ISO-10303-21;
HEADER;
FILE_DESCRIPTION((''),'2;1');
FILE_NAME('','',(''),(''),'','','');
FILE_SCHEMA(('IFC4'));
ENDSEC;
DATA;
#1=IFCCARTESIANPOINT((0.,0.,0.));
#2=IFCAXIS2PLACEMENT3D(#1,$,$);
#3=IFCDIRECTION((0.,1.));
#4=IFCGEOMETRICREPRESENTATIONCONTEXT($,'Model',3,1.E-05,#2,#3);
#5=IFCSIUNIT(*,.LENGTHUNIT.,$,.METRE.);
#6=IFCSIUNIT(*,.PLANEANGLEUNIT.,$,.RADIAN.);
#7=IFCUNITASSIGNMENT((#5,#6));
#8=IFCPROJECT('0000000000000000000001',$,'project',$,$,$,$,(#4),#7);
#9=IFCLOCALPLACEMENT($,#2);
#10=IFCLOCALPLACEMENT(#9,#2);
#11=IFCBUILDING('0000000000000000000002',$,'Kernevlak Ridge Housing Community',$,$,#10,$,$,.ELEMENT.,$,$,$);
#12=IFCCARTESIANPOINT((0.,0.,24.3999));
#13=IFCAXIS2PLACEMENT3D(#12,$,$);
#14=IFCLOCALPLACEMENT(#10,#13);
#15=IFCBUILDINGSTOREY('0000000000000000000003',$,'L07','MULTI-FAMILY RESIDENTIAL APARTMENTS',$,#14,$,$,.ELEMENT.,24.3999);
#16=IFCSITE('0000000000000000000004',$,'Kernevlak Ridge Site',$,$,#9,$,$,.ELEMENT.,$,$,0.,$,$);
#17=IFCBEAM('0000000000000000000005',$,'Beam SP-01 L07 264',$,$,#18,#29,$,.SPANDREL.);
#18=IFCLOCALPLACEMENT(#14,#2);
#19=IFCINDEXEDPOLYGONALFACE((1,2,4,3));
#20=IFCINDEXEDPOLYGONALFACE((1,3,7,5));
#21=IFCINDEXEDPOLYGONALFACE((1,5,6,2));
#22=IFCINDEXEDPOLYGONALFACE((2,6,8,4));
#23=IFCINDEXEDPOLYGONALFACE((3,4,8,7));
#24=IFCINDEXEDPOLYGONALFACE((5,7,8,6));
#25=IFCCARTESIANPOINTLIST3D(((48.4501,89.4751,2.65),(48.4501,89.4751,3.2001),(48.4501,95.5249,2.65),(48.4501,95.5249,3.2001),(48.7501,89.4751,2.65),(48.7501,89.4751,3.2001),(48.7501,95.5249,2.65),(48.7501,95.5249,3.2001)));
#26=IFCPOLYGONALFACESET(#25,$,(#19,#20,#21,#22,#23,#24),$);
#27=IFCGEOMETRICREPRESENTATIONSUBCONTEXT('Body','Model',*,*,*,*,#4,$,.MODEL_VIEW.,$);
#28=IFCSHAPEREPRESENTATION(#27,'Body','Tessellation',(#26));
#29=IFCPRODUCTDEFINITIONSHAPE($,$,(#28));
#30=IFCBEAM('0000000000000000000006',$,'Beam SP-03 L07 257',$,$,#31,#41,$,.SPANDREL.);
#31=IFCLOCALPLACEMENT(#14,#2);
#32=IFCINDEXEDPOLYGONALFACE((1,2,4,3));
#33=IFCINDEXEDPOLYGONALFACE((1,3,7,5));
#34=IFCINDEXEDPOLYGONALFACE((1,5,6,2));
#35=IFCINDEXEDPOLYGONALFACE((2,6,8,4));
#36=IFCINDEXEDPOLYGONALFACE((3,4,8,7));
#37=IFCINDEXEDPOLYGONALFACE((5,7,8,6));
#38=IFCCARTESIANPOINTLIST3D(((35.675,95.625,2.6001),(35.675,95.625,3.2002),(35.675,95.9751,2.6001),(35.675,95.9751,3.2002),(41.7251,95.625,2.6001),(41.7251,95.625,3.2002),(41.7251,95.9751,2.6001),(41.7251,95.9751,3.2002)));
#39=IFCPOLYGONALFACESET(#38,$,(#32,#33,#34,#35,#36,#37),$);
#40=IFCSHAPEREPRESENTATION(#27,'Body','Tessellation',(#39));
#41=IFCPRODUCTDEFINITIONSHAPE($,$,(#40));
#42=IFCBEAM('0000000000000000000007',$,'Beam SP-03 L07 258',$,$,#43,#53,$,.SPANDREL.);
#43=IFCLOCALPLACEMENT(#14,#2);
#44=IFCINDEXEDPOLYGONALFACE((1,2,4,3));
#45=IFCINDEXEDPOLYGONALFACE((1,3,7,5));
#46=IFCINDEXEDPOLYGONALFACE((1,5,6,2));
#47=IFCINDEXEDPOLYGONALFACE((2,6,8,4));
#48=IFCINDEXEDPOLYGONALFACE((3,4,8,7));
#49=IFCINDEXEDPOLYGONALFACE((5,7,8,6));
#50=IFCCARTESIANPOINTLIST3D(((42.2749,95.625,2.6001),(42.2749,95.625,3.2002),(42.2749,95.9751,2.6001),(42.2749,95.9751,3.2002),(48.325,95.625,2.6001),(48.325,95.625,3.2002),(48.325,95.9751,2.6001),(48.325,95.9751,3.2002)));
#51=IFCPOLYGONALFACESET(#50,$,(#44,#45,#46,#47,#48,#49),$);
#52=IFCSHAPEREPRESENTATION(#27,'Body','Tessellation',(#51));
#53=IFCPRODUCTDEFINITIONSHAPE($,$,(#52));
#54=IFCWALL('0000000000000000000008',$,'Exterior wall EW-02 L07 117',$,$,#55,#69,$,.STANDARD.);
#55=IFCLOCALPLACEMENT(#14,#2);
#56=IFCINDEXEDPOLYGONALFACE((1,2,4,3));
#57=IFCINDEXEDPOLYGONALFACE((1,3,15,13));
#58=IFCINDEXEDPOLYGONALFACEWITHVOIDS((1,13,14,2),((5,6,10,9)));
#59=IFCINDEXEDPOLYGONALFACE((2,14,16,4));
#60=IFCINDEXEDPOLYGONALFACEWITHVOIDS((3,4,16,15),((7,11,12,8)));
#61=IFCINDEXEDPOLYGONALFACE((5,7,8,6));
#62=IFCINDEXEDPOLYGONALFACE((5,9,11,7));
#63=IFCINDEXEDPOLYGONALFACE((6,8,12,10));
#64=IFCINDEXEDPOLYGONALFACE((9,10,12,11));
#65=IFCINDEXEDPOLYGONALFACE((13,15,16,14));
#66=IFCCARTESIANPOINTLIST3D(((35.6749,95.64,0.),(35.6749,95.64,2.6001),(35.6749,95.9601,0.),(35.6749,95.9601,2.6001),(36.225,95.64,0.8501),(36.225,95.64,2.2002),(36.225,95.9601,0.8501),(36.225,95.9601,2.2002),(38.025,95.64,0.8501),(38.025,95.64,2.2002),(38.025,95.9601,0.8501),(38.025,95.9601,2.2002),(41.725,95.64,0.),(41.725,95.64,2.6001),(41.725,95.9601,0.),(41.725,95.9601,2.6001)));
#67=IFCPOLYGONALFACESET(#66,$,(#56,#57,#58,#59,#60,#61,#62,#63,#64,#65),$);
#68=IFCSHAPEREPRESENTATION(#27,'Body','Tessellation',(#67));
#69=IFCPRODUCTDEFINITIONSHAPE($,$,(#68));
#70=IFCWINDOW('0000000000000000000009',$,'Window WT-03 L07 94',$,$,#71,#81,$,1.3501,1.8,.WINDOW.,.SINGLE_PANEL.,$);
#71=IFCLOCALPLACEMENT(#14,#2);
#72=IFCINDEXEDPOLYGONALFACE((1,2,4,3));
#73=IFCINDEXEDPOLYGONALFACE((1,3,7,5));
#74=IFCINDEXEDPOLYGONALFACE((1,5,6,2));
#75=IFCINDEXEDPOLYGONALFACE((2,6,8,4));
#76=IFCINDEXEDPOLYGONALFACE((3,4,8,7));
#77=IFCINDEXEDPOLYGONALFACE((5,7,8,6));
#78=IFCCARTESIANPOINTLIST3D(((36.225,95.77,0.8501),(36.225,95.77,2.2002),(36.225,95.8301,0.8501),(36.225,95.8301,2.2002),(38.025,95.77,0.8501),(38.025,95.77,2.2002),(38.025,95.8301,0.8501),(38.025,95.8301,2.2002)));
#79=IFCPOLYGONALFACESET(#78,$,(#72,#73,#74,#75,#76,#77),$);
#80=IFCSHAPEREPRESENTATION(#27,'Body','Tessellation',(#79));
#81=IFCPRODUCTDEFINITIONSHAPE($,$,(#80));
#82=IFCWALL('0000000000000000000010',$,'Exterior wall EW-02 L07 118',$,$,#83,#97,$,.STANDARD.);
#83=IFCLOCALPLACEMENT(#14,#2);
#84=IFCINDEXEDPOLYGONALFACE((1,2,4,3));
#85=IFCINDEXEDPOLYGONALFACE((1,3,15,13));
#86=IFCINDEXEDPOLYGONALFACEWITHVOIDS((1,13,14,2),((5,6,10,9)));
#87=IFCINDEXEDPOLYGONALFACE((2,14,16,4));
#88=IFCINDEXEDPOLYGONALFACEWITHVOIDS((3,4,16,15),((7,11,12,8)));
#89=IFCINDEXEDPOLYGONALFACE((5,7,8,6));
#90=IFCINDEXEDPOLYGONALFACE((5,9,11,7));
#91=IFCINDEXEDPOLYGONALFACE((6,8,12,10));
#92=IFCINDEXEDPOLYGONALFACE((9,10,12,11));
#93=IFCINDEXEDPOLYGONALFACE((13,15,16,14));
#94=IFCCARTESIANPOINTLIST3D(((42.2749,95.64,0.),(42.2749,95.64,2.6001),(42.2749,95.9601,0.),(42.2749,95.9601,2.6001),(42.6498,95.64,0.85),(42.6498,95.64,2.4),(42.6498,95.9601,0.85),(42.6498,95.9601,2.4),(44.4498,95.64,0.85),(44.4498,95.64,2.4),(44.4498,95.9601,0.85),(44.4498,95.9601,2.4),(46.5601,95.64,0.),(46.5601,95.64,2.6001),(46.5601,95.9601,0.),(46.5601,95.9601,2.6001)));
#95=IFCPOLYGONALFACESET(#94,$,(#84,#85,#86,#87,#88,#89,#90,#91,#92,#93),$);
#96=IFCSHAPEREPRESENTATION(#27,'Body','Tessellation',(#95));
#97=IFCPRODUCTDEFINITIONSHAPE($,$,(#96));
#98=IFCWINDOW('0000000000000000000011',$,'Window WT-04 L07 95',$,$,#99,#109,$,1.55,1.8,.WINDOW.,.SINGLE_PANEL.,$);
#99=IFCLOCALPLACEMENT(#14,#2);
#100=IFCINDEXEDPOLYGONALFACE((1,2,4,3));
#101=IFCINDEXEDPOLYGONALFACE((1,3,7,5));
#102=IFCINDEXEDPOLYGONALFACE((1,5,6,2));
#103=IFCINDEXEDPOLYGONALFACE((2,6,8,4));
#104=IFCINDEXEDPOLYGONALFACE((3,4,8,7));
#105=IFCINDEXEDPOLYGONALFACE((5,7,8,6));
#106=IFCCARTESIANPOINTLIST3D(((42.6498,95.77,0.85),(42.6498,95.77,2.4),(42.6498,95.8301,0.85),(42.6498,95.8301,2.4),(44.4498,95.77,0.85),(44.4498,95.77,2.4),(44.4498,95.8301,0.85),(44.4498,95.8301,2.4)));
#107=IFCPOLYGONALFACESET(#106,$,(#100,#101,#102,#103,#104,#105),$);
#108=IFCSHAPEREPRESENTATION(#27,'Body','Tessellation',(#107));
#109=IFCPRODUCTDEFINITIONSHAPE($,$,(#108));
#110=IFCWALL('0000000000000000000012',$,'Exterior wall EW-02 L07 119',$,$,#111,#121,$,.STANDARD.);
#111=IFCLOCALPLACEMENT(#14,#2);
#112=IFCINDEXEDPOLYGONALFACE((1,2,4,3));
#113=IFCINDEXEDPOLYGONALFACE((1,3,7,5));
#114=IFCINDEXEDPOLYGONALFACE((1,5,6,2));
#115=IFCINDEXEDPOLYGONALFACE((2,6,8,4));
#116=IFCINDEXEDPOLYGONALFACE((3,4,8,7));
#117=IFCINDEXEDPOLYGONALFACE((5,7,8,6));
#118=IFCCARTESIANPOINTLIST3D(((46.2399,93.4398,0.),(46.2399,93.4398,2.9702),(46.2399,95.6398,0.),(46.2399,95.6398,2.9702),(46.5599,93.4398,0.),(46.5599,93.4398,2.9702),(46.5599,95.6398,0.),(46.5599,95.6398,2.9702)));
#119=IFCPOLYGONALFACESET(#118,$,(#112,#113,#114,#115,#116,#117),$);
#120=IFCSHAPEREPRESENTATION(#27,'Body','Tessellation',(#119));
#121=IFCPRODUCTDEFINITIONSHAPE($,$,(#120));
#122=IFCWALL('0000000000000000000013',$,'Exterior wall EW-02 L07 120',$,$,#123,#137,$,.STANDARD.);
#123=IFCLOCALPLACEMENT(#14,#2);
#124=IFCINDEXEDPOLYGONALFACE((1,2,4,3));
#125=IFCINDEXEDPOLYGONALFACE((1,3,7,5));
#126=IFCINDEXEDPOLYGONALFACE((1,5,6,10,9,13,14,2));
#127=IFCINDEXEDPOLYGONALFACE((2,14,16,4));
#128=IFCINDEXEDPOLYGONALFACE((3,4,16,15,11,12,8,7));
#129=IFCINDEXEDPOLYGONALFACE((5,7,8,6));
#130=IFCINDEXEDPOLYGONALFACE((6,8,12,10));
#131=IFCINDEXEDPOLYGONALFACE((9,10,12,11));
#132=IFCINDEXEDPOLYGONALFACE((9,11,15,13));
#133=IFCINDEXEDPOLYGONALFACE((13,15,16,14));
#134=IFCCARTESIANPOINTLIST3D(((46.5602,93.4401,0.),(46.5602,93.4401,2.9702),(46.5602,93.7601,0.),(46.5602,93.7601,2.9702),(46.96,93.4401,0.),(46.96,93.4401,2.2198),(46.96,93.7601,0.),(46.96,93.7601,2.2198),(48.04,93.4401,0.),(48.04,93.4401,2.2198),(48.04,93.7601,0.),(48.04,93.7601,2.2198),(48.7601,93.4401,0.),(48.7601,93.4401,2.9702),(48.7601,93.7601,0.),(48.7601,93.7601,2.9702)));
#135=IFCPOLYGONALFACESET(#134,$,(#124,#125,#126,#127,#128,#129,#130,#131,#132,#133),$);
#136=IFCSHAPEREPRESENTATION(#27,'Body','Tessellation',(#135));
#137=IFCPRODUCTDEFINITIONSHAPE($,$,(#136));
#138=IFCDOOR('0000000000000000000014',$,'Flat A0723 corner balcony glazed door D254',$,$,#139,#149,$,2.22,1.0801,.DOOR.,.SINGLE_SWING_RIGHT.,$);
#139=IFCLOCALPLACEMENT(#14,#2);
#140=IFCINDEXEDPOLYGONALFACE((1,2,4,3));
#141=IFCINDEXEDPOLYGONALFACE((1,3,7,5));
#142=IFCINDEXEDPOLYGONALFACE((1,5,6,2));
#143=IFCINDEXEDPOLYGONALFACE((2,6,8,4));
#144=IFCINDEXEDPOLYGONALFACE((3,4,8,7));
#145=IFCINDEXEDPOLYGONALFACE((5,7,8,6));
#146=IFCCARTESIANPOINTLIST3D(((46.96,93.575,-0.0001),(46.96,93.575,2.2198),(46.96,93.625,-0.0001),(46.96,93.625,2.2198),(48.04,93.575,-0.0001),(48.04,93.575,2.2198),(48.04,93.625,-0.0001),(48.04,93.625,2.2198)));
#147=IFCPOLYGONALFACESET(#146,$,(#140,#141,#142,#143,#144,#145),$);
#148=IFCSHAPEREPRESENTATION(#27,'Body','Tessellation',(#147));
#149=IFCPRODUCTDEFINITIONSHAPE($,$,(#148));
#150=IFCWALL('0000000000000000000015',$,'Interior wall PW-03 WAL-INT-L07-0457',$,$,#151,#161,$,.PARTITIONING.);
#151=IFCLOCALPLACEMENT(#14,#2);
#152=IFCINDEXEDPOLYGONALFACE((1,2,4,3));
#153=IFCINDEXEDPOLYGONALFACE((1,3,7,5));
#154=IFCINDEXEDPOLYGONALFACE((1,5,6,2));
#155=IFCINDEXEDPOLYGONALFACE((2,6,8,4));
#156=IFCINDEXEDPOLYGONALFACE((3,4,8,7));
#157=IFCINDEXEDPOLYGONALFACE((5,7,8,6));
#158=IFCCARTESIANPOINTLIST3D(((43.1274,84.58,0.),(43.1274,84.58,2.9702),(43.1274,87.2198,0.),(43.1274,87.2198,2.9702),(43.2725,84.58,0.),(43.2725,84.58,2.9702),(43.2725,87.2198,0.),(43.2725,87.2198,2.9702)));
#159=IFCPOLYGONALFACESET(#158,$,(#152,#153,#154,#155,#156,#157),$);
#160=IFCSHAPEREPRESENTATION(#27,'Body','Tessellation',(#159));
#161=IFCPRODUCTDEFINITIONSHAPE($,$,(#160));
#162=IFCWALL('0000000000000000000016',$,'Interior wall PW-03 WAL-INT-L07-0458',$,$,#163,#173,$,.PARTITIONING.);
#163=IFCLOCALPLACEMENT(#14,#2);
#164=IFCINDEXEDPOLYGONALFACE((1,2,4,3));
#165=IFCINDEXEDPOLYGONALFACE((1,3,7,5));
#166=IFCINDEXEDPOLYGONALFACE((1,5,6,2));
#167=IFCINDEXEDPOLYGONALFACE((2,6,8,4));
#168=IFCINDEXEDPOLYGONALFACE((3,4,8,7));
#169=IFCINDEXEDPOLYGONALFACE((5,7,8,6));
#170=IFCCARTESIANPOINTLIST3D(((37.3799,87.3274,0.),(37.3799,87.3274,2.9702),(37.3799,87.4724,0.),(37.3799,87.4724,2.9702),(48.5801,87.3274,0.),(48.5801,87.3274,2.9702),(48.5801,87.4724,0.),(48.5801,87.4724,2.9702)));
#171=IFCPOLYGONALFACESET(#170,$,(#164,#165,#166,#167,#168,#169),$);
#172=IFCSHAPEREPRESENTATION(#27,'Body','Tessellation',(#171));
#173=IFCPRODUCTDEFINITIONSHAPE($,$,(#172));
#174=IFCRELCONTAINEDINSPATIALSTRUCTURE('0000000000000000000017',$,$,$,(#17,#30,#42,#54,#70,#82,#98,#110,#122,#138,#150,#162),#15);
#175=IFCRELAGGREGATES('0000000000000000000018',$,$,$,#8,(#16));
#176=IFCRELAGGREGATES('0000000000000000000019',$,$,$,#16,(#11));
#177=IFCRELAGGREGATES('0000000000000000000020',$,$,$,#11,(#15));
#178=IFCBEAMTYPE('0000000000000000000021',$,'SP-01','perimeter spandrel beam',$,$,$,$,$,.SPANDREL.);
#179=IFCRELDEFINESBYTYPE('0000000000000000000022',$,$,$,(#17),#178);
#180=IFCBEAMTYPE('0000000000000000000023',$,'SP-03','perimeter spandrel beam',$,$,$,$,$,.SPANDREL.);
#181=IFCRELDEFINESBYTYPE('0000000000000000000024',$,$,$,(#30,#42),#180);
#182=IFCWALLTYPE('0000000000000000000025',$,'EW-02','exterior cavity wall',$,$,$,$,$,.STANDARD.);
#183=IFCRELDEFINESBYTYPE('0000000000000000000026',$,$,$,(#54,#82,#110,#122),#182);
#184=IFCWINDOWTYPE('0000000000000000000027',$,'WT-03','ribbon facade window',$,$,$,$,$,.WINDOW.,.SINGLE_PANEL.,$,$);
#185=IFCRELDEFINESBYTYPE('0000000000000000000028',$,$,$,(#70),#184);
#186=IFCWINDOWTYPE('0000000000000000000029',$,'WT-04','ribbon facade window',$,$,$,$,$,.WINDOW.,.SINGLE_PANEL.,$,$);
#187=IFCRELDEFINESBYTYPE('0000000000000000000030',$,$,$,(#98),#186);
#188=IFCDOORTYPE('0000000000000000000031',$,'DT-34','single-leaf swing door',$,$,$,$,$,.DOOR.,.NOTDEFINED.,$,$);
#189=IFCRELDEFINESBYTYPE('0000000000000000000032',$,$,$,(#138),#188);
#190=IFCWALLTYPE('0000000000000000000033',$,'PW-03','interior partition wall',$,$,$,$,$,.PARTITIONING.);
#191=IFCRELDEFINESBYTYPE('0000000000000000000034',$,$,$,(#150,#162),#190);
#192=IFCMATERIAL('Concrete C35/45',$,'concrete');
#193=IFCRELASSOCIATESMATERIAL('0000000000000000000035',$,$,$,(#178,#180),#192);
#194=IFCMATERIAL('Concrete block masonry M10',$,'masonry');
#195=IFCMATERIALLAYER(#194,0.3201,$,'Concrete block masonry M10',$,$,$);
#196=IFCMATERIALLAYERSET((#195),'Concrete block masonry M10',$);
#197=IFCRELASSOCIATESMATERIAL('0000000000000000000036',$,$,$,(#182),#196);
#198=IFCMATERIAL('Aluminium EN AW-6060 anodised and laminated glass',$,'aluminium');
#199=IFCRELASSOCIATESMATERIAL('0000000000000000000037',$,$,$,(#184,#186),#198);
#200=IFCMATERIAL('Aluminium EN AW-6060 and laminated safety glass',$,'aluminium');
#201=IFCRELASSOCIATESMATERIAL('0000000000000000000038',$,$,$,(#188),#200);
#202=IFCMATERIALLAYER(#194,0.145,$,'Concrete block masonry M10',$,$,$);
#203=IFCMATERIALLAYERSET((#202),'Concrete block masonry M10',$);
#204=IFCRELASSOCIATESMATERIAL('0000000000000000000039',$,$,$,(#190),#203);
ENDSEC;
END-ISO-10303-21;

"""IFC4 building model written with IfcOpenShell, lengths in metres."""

from ifc_helpers import new_model, si_unit, direction, frame, frame_2d, origin, origin_2d, place, context, subcontext, project, spatial, rectangle, extrude, material, layer, layer_set, material_profile, profile_set, type_object, element, fill, save


model = new_model("IFC4")

# Units and contexts
model_context = context("Model", 3, precision=1e-05, world=origin(), true_north=direction((0.0, 1.0)))
body_context = subcontext(model_context, "Body", "Model", "MODEL_VIEW")
ifc_project = project(units=[si_unit("LENGTHUNIT", "METRE"), si_unit("PLANEANGLEUNIT", "RADIAN")], contexts=[model_context])

# Site, building, storey
site_placement = place(None, origin())
site = spatial("IfcSite", under=ifc_project, at=site_placement, Name="Kernevlak Ridge Site", CompositionType="ELEMENT", RefElevation=0.0)
building_placement = place(site_placement, origin())
building = spatial("IfcBuilding", under=site, at=building_placement, Name="Kernevlak Ridge Housing Community", CompositionType="ELEMENT")
storey_placement = place(building_placement, frame((0.0, 0.0, 24.3999)))
storey = spatial("IfcBuildingStorey", under=building, at=storey_placement, Name="L07", Description="MULTI-FAMILY RESIDENTIAL APARTMENTS", CompositionType="ELEMENT", Elevation=24.3999)

# Shared definitions
ifc_material_1 = material(Name="Concrete C35/45", Category="concrete")

# Shared definitions
ifc_material_2 = material(Name="Aluminium EN AW-6060 anodised and laminated glass", Category="aluminium")

# Beams
ifc_material_profile_1 = material_profile(ifc_material_1, rectangle(XDim=0.3, YDim=0.55, at=origin_2d()), Name="RC 300x550")
ifc_profile_set_1 = profile_set([ifc_material_profile_1], Name="Concrete C35/45")
beam_type_1 = type_object("IfcBeamType", Name="SP-01", Description="perimeter spandrel beam", PredefinedType="SPANDREL", material=ifc_profile_set_1)
beam_1_placement = place(storey_placement, frame((48.6001, 89.4751, 2.925), z_axis=(0.0, 1.0, 0.0), x_axis=(-1.0, 0.0, 0.0)))
element("IfcBeam", 1, at=beam_1_placement, inside=storey, type_object=beam_type_1, Name="Beam SP-01 L07 264", PredefinedType="SPANDREL", context=body_context, shape_type="SweptSolid", body=[
    extrude(rectangle(XDim=0.3, YDim=0.55, at=origin_2d()), origin(), (0.0, 0.0, 1.0), 6.0498),
])
ifc_material_profile_2 = material_profile(ifc_material_1, rectangle(XDim=0.3501, YDim=0.6001, at=origin_2d()), Name="RC 350x600")
ifc_profile_set_2 = profile_set([ifc_material_profile_2], Name="Concrete C35/45")
beam_type_2 = type_object("IfcBeamType", Name="SP-03", Description="perimeter spandrel beam", PredefinedType="SPANDREL", material=ifc_profile_set_2)
for number, where, z_axis, x_axis, name in (
    (2, (35.675, 95.8, 2.9001), (1.0, 0.0, 0.0), (0.0, 1.0, 0.0), "Beam SP-03 L07 257"),
    (3, (42.2749, 95.8, 2.9001), (1.0, 0.0, 0.0), (0.0, 1.0, 0.0), "Beam SP-03 L07 258"),
):
    element("IfcBeam", number, at=place(storey_placement, frame(where, z_axis=z_axis, x_axis=x_axis)), inside=storey, type_object=beam_type_2, Name=name, PredefinedType="SPANDREL", context=body_context, shape_type="SweptSolid", body=[
        extrude(rectangle(XDim=0.3501, YDim=0.6001, at=origin_2d()), origin(), (0.0, 0.0, 1.0), 6.05),
    ])

# Walls, openings, windows
ifc_material_3 = material(Name="Concrete block masonry M10", Category="masonry")
ifc_layer_1 = layer(ifc_material_3, 0.3201, Name="Concrete block masonry M10")
ifc_layer_set_1 = layer_set([ifc_layer_1], Name="Concrete block masonry M10")
wall_type_1 = type_object("IfcWallType", Name="EW-02", Description="exterior cavity wall", PredefinedType="STANDARD", material=ifc_layer_set_1)
wall_1_placement = place(storey_placement, frame((35.675, 95.8, 0.0), z_axis=(0.0, 0.0, 1.0), x_axis=(1.0, 0.0, 0.0)))
wall_1 = element("IfcWall", 4, at=wall_1_placement, inside=storey, type_object=wall_type_1, Name="Exterior wall EW-02 L07 117", PredefinedType="STANDARD", context=body_context, shape_type="SweptSolid", body=[
    extrude(rectangle(XDim=6.05, YDim=0.3201, at=frame_2d((3.0249, 0.0))), origin(), (0.0, 0.0, 1.0), 2.6001),
])
opening_1_placement = place(wall_1_placement, frame((0.55, 0.0, 0.8501)))
opening_1 = element("IfcOpeningElement", 5, at=opening_1_placement, cuts=wall_1, PredefinedType="OPENING", context=body_context, shape_type="SweptSolid", body=[
    extrude(rectangle(XDim=1.8, YDim=1.3501, at=frame_2d((0.8999, 0.675))), frame((0.0, 0.1699, 0.0), z_axis=(0.0, -1.0, 0.0), x_axis=(1.0, 0.0, 0.0)), (0.0, 0.0, 1.0), 0.3401),
])
window_type_1 = type_object("IfcWindowType", Name="WT-03", Description="ribbon facade window", PartitioningType="SINGLE_PANEL", PredefinedType="WINDOW", material=ifc_material_2)
window_1_placement = place(opening_1_placement, origin())
window_1 = element("IfcWindow", 6, at=window_1_placement, inside=storey, type_object=window_type_1, Name="Window WT-03 L07 94", OverallHeight=1.3501, OverallWidth=1.8, PartitioningType="SINGLE_PANEL", PredefinedType="WINDOW", context=body_context, shape_type="SweptSolid", body=[
    extrude(rectangle(XDim=1.8, YDim=1.3501, at=frame_2d((0.8999, 0.675))), frame((0.0, 0.03, 0.0), z_axis=(0.0, -1.0, 0.0), x_axis=(1.0, 0.0, 0.0)), (0.0, 0.0, 1.0), 0.0601),
])
fill(opening_1, window_1)
wall_2_placement = place(storey_placement, frame((42.2749, 95.8, 0.0), z_axis=(0.0, 0.0, 1.0), x_axis=(1.0, 0.0, 0.0)))
wall_2 = element("IfcWall", 7, at=wall_2_placement, inside=storey, type_object=wall_type_1, Name="Exterior wall EW-02 L07 118", PredefinedType="STANDARD", context=body_context, shape_type="SweptSolid", body=[
    extrude(rectangle(XDim=4.2852, YDim=0.3201, at=frame_2d((2.1426, 0.0))), origin(), (0.0, 0.0, 1.0), 2.6001),
])
opening_2_placement = place(wall_2_placement, frame((0.375, 0.0, 0.8501)))
opening_2 = element("IfcOpeningElement", 8, at=opening_2_placement, cuts=wall_2, PredefinedType="OPENING", context=body_context, shape_type="SweptSolid", body=[
    extrude(rectangle(XDim=1.8, YDim=1.55, at=frame_2d((0.8999, 0.7749))), frame((0.0, 0.1699, 0.0), z_axis=(0.0, -1.0, 0.0), x_axis=(1.0, 0.0, 0.0)), (0.0, 0.0, 1.0), 0.3401),
])
window_type_2 = type_object("IfcWindowType", Name="WT-04", Description="ribbon facade window", PartitioningType="SINGLE_PANEL", PredefinedType="WINDOW", material=ifc_material_2)
window_2_placement = place(opening_2_placement, origin())
window_2 = element("IfcWindow", 9, at=window_2_placement, inside=storey, type_object=window_type_2, Name="Window WT-04 L07 95", OverallHeight=1.55, OverallWidth=1.8, PartitioningType="SINGLE_PANEL", PredefinedType="WINDOW", context=body_context, shape_type="SweptSolid", body=[
    extrude(rectangle(XDim=1.8, YDim=1.55, at=frame_2d((0.8999, 0.7749))), frame((0.0, 0.03, 0.0), z_axis=(0.0, -1.0, 0.0), x_axis=(1.0, 0.0, 0.0)), (0.0, 0.0, 1.0), 0.0601),
])
fill(opening_2, window_2)

# Wall
wall_3_placement = place(storey_placement, frame((46.3999, 95.6399, 0.0), z_axis=(0.0, 0.0, 1.0), x_axis=(0.0, -1.0, 0.0)))
element("IfcWall", 10, at=wall_3_placement, inside=storey, type_object=wall_type_1, Name="Exterior wall EW-02 L07 119", PredefinedType="STANDARD", context=body_context, shape_type="SweptSolid", body=[
    extrude(rectangle(XDim=2.2, YDim=0.3201, at=frame_2d((1.1001, 0.0))), origin(), (0.0, 0.0, 1.0), 2.9702),
])

# Wall, opening, door
wall_4_placement = place(storey_placement, frame((46.5601, 93.6001, 0.0), z_axis=(0.0, 0.0, 1.0), x_axis=(1.0, 0.0, 0.0)))
wall_4 = element("IfcWall", 11, at=wall_4_placement, inside=storey, type_object=wall_type_1, Name="Exterior wall EW-02 L07 120", PredefinedType="STANDARD", context=body_context, shape_type="SweptSolid", body=[
    extrude(rectangle(XDim=2.2, YDim=0.3201, at=frame_2d((1.1001, 0.0))), origin(), (0.0, 0.0, 1.0), 2.9702),
])
opening_3_placement = place(wall_4_placement, frame((0.3999, 0.0, 0.0)))
opening_3 = element("IfcOpeningElement", 12, at=opening_3_placement, cuts=wall_4, PredefinedType="OPENING", context=body_context, shape_type="SweptSolid", body=[
    extrude(rectangle(XDim=1.0801, YDim=2.22, at=frame_2d((0.54, 1.1099))), frame((0.0, 0.1699, 0.0), z_axis=(0.0, -1.0, 0.0), x_axis=(1.0, 0.0, 0.0)), (0.0, 0.0, 1.0), 0.3401),
])
ifc_material_4 = material(Name="Aluminium EN AW-6060 and laminated safety glass", Category="aluminium")
door_type_1 = type_object("IfcDoorType", Name="DT-34", Description="single-leaf swing door", OperationType="NOTDEFINED", PredefinedType="DOOR", material=ifc_material_4)
door_1_placement = place(opening_3_placement, origin())
door_1 = element("IfcDoor", 13, at=door_1_placement, inside=storey, type_object=door_type_1, Name="Flat A0723 corner balcony glazed door D254", OperationType="SINGLE_SWING_RIGHT", OverallHeight=2.22, OverallWidth=1.0801, PredefinedType="DOOR", context=body_context, shape_type="SweptSolid", body=[
    extrude(rectangle(XDim=1.0801, YDim=2.22, at=frame_2d((0.54, 1.1099))), frame((0.0, 0.0249, 0.0), z_axis=(0.0, -1.0, 0.0), x_axis=(1.0, 0.0, 0.0)), (0.0, 0.0, 1.0), 0.05),
])
fill(opening_3, door_1)

# Walls
ifc_layer_2 = layer(ifc_material_3, 0.145, Name="Concrete block masonry M10")
ifc_layer_set_2 = layer_set([ifc_layer_2], Name="Concrete block masonry M10")
wall_type_2 = type_object("IfcWallType", Name="PW-03", Description="interior partition wall", PredefinedType="PARTITIONING", material=ifc_layer_set_2)
wall_5_placement = place(storey_placement, frame((43.2, 84.5801, 0.0), z_axis=(0.0, 0.0, 1.0), x_axis=(0.0, 1.0, 0.0)))
element("IfcWall", 14, at=wall_5_placement, inside=storey, type_object=wall_type_2, Name="Interior wall PW-03 WAL-INT-L07-0457", PredefinedType="PARTITIONING", context=body_context, shape_type="SweptSolid", body=[
    extrude(rectangle(XDim=2.6399, YDim=0.145, at=frame_2d((1.3198, 0.0))), origin(), (0.0, 0.0, 1.0), 2.9702),
])
wall_6_placement = place(storey_placement, frame((37.3799, 87.3999, 0.0), z_axis=(0.0, 0.0, 1.0), x_axis=(1.0, 0.0, 0.0)))
element("IfcWall", 15, at=wall_6_placement, inside=storey, type_object=wall_type_2, Name="Interior wall PW-03 WAL-INT-L07-0458", PredefinedType="PARTITIONING", context=body_context, shape_type="SweptSolid", body=[
    extrude(rectangle(XDim=11.2002, YDim=0.145, at=frame_2d((5.6001, 0.0))), origin(), (0.0, 0.0, 1.0), 2.9702),
])

save(model, "model.ifc")
